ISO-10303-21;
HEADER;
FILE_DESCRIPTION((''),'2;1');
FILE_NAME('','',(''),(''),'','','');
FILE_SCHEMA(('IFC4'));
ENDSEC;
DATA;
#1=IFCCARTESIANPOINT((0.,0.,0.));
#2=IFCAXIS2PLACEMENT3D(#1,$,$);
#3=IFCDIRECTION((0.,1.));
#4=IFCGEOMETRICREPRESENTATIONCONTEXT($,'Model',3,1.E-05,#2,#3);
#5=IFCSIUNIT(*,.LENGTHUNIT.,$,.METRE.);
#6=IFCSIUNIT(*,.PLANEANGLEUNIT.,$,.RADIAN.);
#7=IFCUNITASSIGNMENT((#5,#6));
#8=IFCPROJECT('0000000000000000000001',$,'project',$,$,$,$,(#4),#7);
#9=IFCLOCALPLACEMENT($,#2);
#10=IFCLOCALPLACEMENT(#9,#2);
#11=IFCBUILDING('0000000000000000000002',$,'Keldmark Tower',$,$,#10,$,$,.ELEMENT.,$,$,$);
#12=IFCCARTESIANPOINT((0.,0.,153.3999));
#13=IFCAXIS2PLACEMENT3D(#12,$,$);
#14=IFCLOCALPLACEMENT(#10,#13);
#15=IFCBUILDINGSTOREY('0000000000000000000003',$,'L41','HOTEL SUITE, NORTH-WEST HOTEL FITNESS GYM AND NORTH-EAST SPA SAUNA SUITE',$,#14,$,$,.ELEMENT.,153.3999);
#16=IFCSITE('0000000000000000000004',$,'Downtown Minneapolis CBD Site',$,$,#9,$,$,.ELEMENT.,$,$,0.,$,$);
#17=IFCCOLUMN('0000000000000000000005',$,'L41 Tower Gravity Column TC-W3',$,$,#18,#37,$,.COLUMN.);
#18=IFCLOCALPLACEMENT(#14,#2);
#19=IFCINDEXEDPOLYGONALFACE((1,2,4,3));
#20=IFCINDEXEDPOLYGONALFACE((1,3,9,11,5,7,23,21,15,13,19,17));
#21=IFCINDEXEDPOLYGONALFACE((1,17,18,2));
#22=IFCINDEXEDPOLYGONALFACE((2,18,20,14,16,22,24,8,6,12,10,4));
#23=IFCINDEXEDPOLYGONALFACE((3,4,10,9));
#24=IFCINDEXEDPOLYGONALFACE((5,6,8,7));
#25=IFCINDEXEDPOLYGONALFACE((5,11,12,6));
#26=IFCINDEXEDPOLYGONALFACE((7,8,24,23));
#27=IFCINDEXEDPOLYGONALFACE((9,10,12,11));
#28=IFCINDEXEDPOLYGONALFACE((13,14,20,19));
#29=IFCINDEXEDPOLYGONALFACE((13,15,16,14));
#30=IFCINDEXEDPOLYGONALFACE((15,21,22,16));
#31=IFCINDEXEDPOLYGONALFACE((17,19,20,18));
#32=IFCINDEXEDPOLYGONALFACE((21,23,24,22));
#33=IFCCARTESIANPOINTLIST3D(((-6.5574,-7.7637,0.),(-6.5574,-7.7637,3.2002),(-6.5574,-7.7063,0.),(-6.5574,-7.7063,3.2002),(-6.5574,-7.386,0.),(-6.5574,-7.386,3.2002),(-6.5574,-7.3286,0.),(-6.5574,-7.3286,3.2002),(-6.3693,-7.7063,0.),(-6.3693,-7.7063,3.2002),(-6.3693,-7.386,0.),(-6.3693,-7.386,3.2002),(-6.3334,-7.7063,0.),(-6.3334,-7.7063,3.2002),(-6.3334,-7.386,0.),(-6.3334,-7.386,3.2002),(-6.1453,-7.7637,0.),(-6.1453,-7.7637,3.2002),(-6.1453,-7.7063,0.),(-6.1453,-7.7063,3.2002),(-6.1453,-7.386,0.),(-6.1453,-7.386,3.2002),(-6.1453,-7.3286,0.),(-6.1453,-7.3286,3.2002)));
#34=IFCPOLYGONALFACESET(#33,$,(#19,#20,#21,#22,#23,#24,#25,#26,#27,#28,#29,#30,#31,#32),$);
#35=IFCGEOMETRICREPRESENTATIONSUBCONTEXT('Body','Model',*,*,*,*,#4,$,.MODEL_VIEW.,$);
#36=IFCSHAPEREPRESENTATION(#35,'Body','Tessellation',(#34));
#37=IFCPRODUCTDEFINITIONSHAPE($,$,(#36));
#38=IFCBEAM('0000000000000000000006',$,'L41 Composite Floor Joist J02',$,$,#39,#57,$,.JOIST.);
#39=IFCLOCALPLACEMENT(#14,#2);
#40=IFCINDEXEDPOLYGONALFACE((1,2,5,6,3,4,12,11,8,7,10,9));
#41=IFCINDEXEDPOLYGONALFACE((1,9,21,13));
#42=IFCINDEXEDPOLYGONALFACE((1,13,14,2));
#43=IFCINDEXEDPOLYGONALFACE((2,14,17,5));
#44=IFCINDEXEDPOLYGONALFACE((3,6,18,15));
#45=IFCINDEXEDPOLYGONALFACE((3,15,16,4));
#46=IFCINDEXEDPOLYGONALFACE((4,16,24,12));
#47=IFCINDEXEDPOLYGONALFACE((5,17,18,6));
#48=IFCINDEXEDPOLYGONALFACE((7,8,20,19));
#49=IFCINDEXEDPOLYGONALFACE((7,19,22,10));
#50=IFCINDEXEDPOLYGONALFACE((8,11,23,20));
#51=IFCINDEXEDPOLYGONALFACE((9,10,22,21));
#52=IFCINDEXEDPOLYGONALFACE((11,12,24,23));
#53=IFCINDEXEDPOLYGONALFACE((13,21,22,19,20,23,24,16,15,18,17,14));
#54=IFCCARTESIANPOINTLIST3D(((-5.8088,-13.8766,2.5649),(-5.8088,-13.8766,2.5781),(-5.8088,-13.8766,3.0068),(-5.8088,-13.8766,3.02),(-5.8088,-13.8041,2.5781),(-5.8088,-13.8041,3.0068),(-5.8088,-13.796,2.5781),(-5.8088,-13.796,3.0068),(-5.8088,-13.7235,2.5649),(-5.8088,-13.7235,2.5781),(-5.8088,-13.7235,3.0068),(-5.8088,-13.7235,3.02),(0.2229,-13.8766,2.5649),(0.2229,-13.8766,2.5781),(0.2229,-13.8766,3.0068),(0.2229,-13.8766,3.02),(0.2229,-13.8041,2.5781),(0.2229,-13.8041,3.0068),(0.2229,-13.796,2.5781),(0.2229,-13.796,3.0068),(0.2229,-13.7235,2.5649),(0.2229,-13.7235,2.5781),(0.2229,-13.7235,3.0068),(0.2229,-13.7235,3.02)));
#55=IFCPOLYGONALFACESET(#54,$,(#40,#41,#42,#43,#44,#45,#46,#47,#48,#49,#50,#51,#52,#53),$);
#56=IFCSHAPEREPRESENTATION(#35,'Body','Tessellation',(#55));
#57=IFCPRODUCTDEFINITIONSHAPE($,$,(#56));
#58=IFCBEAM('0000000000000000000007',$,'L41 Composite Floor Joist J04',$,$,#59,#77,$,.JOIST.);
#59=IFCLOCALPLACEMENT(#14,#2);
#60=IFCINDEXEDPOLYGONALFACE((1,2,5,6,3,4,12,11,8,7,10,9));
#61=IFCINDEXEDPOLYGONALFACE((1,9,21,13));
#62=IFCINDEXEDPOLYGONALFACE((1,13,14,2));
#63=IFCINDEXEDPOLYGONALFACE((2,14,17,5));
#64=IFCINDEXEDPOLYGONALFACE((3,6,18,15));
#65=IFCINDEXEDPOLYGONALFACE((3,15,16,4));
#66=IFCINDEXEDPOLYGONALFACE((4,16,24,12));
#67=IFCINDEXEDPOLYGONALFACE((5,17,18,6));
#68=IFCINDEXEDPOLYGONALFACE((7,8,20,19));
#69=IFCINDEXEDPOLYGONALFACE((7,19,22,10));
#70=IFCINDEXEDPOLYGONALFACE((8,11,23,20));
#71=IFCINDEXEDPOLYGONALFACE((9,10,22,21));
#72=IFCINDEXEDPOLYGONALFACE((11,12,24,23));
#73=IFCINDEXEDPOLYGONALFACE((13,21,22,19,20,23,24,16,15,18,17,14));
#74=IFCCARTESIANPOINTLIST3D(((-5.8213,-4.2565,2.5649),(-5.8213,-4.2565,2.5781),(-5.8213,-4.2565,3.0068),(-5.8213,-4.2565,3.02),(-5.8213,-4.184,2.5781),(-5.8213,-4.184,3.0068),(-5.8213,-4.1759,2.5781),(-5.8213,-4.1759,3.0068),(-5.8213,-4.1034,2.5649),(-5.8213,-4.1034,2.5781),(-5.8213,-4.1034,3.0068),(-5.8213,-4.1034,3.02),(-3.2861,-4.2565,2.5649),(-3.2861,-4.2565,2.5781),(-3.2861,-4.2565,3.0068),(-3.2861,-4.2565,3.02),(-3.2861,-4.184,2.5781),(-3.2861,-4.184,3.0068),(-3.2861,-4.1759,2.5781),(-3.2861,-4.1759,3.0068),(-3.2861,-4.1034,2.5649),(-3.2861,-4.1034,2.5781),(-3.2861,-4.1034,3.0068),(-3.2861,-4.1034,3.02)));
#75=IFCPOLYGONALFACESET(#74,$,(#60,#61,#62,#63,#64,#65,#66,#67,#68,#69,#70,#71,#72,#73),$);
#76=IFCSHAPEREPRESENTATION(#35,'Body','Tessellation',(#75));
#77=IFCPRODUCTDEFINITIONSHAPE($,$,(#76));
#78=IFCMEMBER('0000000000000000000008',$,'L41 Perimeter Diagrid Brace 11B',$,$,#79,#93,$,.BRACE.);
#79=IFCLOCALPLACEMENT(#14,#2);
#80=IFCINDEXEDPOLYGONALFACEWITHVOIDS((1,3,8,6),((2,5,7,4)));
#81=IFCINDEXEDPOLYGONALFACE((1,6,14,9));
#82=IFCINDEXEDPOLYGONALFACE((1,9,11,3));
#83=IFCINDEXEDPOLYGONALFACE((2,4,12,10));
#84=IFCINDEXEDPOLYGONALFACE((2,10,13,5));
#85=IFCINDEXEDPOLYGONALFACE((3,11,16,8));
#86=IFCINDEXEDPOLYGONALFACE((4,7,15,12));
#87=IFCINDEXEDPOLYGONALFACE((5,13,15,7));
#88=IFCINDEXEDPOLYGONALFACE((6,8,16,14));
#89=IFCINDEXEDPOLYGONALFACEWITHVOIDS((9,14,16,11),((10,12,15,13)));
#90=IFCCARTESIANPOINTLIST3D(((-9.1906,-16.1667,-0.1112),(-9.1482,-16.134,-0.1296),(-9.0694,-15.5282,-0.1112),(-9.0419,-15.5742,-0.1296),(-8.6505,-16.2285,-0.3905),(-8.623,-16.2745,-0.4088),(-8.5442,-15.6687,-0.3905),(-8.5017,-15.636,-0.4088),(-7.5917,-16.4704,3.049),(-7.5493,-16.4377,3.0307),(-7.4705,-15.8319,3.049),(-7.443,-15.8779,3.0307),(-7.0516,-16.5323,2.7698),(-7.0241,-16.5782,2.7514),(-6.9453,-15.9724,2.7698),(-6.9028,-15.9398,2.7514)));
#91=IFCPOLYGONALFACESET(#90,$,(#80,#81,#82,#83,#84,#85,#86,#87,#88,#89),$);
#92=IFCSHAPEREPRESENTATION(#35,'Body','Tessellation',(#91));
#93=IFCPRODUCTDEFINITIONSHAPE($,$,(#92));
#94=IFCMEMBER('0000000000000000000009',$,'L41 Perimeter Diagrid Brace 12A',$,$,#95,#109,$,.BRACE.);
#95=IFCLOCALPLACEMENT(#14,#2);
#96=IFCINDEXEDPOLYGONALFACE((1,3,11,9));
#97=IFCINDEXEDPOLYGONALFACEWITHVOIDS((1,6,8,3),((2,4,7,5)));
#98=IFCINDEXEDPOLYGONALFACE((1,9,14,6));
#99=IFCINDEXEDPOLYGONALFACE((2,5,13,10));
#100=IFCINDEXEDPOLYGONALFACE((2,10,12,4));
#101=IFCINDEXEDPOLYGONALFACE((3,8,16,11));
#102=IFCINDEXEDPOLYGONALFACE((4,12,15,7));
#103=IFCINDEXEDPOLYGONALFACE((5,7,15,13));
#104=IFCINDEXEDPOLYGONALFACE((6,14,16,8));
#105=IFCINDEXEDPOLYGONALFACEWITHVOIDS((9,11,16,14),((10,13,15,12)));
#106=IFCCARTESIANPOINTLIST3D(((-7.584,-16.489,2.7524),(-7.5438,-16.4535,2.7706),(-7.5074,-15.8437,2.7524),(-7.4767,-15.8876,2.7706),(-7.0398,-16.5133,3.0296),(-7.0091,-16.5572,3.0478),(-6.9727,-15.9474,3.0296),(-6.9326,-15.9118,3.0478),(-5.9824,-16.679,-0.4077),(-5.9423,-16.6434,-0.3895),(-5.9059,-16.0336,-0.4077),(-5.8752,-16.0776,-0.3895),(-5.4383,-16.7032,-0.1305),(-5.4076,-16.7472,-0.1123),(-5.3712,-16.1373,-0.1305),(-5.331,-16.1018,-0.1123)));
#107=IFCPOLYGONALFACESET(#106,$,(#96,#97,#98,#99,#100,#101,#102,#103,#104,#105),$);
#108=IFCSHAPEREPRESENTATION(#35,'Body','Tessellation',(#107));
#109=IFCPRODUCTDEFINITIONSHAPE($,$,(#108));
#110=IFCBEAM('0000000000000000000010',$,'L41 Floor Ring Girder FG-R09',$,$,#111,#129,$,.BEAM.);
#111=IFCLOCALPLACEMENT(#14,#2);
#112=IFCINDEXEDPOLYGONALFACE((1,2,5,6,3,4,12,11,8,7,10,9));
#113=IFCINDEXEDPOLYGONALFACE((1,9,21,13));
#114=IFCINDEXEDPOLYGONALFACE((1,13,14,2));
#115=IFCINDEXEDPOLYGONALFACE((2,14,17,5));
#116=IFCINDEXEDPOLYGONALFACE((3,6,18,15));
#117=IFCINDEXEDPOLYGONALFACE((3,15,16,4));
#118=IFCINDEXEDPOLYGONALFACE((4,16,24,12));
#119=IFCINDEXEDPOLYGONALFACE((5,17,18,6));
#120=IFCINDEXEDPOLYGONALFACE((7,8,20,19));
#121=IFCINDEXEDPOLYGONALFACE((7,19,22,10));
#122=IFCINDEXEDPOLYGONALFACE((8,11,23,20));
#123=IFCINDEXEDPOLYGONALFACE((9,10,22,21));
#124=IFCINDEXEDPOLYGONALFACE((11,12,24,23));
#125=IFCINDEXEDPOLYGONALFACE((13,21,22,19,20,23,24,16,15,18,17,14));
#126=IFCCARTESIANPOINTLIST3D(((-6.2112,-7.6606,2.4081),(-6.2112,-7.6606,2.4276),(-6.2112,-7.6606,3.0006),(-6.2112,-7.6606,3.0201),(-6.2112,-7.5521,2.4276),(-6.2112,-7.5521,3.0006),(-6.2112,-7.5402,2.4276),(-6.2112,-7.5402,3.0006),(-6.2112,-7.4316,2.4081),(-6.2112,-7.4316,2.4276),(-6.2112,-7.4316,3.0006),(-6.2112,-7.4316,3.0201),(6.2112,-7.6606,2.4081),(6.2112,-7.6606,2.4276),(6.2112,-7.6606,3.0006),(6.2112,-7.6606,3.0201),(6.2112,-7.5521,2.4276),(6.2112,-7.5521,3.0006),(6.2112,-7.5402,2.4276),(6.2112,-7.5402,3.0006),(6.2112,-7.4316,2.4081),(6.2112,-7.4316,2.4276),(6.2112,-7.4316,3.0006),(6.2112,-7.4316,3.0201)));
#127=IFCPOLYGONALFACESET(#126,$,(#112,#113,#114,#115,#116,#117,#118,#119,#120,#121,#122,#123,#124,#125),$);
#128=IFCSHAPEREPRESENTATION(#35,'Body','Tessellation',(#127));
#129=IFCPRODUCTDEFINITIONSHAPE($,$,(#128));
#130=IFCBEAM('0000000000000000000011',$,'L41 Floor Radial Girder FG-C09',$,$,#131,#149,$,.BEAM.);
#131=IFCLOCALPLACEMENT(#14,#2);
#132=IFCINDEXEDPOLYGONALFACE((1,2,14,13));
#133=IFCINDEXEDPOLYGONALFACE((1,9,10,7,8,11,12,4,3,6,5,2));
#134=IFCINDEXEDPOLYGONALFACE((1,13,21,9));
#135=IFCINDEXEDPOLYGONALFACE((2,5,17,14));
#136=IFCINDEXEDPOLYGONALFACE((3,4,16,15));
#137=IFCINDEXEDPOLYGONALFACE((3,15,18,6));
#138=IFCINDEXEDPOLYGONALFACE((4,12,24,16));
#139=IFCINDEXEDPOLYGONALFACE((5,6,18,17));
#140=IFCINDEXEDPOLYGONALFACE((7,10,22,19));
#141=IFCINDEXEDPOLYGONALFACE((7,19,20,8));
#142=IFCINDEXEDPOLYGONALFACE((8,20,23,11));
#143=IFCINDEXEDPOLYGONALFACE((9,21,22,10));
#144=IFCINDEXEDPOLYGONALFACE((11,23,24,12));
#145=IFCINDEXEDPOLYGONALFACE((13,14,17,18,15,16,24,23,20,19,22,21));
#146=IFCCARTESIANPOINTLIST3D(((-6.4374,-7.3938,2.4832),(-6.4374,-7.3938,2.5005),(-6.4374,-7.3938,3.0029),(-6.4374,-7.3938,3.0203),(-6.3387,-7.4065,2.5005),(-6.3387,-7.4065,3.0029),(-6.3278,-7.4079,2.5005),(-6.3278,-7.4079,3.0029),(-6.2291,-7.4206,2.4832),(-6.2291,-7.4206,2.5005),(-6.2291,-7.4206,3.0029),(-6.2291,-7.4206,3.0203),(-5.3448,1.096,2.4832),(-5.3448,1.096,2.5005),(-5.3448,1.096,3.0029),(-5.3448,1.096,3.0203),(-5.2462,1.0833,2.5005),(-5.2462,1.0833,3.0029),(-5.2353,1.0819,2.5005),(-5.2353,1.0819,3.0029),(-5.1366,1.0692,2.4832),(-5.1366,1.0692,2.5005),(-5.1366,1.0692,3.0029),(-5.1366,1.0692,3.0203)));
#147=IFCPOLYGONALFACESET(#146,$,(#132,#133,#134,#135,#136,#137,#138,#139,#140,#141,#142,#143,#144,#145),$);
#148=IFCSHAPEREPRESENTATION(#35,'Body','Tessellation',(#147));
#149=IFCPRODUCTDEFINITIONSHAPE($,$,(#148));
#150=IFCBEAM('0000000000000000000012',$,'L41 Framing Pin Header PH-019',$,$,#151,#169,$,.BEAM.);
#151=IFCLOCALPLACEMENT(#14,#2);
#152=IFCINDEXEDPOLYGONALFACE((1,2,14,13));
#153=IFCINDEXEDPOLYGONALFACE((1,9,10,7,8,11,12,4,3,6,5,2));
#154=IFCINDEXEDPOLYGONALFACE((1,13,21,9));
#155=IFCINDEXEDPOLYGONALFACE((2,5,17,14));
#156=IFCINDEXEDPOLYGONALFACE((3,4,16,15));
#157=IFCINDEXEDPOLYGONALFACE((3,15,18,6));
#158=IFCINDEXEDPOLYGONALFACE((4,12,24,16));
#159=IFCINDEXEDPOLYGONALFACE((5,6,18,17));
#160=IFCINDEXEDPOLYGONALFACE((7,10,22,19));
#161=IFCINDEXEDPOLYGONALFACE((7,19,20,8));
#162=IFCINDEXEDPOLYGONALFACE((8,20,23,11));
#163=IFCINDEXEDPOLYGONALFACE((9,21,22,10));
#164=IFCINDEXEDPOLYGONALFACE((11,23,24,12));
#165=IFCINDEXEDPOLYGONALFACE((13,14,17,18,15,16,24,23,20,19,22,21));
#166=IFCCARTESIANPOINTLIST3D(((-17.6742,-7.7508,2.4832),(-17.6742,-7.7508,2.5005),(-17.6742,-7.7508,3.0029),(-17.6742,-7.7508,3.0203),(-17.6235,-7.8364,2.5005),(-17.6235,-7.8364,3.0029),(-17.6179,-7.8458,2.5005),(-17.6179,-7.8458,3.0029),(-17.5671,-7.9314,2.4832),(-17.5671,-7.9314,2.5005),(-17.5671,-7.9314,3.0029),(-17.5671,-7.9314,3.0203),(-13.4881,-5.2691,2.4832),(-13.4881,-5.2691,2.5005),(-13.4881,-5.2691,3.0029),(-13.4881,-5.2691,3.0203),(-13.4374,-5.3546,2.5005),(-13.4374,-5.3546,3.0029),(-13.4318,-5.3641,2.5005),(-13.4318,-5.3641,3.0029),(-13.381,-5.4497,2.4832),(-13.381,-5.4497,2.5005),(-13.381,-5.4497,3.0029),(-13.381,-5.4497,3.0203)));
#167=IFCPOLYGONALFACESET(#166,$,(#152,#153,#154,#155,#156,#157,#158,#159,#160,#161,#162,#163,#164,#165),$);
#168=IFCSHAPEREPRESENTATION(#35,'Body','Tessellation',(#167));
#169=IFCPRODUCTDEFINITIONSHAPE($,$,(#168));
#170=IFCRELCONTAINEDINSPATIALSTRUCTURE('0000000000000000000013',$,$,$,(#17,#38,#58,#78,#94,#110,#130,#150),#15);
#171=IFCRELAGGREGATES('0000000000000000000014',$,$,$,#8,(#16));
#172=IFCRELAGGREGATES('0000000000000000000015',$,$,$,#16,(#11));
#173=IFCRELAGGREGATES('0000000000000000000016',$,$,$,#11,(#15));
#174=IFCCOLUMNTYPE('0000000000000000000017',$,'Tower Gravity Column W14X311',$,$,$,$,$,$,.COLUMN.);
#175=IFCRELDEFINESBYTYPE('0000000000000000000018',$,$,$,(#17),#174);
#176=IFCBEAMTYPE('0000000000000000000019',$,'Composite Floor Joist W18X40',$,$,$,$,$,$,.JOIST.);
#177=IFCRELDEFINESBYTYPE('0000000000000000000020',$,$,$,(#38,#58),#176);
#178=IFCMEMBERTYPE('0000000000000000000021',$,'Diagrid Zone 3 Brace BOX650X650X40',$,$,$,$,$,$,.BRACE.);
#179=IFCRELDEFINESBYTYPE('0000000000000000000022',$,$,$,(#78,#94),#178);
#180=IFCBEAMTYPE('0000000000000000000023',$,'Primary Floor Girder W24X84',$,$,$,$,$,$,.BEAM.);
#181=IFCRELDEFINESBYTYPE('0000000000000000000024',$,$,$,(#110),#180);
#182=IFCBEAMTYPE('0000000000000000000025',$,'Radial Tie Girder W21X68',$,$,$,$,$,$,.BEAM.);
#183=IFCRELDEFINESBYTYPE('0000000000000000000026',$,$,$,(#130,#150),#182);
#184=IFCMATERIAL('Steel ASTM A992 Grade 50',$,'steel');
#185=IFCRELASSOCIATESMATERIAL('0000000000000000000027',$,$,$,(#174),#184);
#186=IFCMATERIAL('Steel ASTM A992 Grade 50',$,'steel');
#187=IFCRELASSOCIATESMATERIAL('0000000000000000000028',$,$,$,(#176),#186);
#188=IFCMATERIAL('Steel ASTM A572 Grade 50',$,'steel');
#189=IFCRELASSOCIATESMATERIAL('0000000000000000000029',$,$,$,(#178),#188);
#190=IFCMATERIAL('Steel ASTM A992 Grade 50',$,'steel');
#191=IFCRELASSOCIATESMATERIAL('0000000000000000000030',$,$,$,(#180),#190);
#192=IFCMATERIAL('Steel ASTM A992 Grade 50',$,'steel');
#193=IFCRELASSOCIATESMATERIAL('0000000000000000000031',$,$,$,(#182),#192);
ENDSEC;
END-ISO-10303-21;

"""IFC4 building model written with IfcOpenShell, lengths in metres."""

from ifc_helpers import new_model, si_unit, direction, frame, origin, origin_2d, place, context, subcontext, project, spatial, hollow_rectangle, i_section, extrude, material, material_profile, profile_set, type_object, element, save


model = new_model("IFC4")

# Units and contexts
model_context = context("Model", 3, precision=1e-05, world=origin(), true_north=direction((0.0, 1.0)))
body_context = subcontext(model_context, "Body", "Model", "MODEL_VIEW")
ifc_project = project(units=[si_unit("LENGTHUNIT", "METRE"), si_unit("PLANEANGLEUNIT", "RADIAN")], contexts=[model_context])

# Site, building, storey
site_placement = place(None, origin())
site = spatial("IfcSite", under=ifc_project, at=site_placement, Name="Downtown Minneapolis CBD Site", CompositionType="ELEMENT", RefElevation=0.0)
building_placement = place(site_placement, origin())
building = spatial("IfcBuilding", under=site, at=building_placement, Name="Keldmark Tower", CompositionType="ELEMENT")
storey_placement = place(building_placement, frame((0.0, 0.0, 153.3999)))
storey = spatial("IfcBuildingStorey", under=building, at=storey_placement, Name="L41", Description="HOTEL SUITE, NORTH-WEST HOTEL FITNESS GYM AND NORTH-EAST SPA SAUNA SUITE", CompositionType="ELEMENT", Elevation=153.3999)

# Column
ifc_material_1 = material(Name="Steel ASTM A992 Grade 50", Category="steel")
ifc_material_profile_1 = material_profile(ifc_material_1, i_section(OverallWidth=0.4121, OverallDepth=0.4351, WebThickness=0.0359, FlangeThickness=0.0574, at=origin_2d()), Name="W14X311")
ifc_profile_set_1 = profile_set([ifc_material_profile_1], Name="Steel ASTM A992 Grade 50")
column_type = type_object("IfcColumnType", Name="Tower Gravity Column W14X311", PredefinedType="COLUMN", material=ifc_profile_set_1)
column_placement = place(storey_placement, frame((-6.3513, -7.5461, 0.0), z_axis=(0.0, 0.0, 1.0), x_axis=(1.0, 0.0, 0.0)))
element("IfcColumn", 1, at=column_placement, inside=storey, type_object=column_type, Name="L41 Tower Gravity Column TC-W3", PredefinedType="COLUMN", context=body_context, shape_type="SweptSolid", body=[
    extrude(i_section(OverallWidth=0.4121, OverallDepth=0.4351, WebThickness=0.0359, FlangeThickness=0.0574, at=origin_2d()), origin(), (0.0, 0.0, 1.0), 3.2002),
])

# Beams
ifc_material_2 = material(Name="Steel ASTM A992 Grade 50", Category="steel")
ifc_material_profile_2 = material_profile(ifc_material_2, i_section(OverallWidth=0.1531, OverallDepth=0.4551, WebThickness=0.0081, FlangeThickness=0.0132, at=origin_2d()), Name="W18X40")
ifc_profile_set_2 = profile_set([ifc_material_profile_2], Name="Steel ASTM A992 Grade 50")
beam_type_1 = type_object("IfcBeamType", Name="Composite Floor Joist W18X40", PredefinedType="JOIST", material=ifc_profile_set_2)
beam_1_placement = place(storey_placement, frame((-5.8088, -13.8, 2.7925), z_axis=(1.0, 0.0, 0.0), x_axis=(0.0, 1.0, 0.0)))
element("IfcBeam", 2, at=beam_1_placement, inside=storey, type_object=beam_type_1, Name="L41 Composite Floor Joist J02", PredefinedType="JOIST", context=body_context, shape_type="SweptSolid", body=[
    extrude(i_section(OverallWidth=0.1531, OverallDepth=0.4551, WebThickness=0.0081, FlangeThickness=0.0132, at=origin_2d()), origin(), (0.0, 0.0, 1.0), 6.0317),
])
beam_2_placement = place(storey_placement, frame((-5.8213, -4.1799, 2.7925), z_axis=(1.0, 0.0, 0.0), x_axis=(0.0, 1.0, 0.0)))
element("IfcBeam", 3, at=beam_2_placement, inside=storey, type_object=beam_type_1, Name="L41 Composite Floor Joist J04", PredefinedType="JOIST", context=body_context, shape_type="SweptSolid", body=[
    extrude(i_section(OverallWidth=0.1531, OverallDepth=0.4551, WebThickness=0.0081, FlangeThickness=0.0132, at=origin_2d()), origin(), (0.0, 0.0, 1.0), 2.5352),
])

# Members
ifc_material_3 = material(Name="Steel ASTM A572 Grade 50", Category="steel")
ifc_material_profile_3 = material_profile(ifc_material_3, hollow_rectangle(XDim=0.6499, YDim=0.6499, WallThickness=0.04, at=origin_2d()), Name="BOX650X650X40")
ifc_profile_set_3 = profile_set([ifc_material_profile_3], Name="Steel ASTM A572 Grade 50")
member_type = type_object("IfcMemberType", Name="Diagrid Zone 3 Brace BOX650X650X40", PredefinedType="BRACE", material=ifc_profile_set_3)
member_1_placement = place(storey_placement, frame((-8.8462, -15.9014, -0.26), z_axis=(0.449804, -0.085441, 0.889031), x_axis=(0.186616, 0.982433, 0.0)))
element("IfcMember", 4, at=member_1_placement, inside=storey, type_object=member_type, Name="L41 Perimeter Diagrid Brace 11B", PredefinedType="BRACE", context=body_context, shape_type="SweptSolid", body=[
    extrude(hollow_rectangle(XDim=0.6499, YDim=0.6499, WallThickness=0.04, at=origin_2d()), origin(), (0.0, 0.0, 1.0), 3.5547),
])
member_2_placement = place(storey_placement, frame((-5.6567, -16.3904, -0.26), z_axis=(-0.45141, 0.053536, 0.890709), x_axis=(-0.117772, -0.993041, 0.0)))
element("IfcMember", 5, at=member_2_placement, inside=storey, type_object=member_type, Name="L41 Perimeter Diagrid Brace 12A", PredefinedType="BRACE", context=body_context, shape_type="SweptSolid", body=[
    extrude(hollow_rectangle(XDim=0.6499, YDim=0.6499, WallThickness=0.04, at=origin_2d()), origin(), (0.0, 0.0, 1.0), 3.5479),
])

# Beams
ifc_material_4 = material(Name="Steel ASTM A992 Grade 50", Category="steel")
ifc_material_profile_4 = material_profile(ifc_material_4, i_section(OverallWidth=0.229, OverallDepth=0.6121, WebThickness=0.012, FlangeThickness=0.0195, at=origin_2d()), Name="W24X84")
ifc_profile_set_4 = profile_set([ifc_material_profile_4], Name="Steel ASTM A992 Grade 50")
beam_type_2 = type_object("IfcBeamType", Name="Primary Floor Girder W24X84", PredefinedType="BEAM", material=ifc_profile_set_4)
beam_3_placement = place(storey_placement, frame((-6.2112, -7.5461, 2.7141), z_axis=(1.0, 0.0, 0.0), x_axis=(0.0, 1.0, 0.0)))
element("IfcBeam", 6, at=beam_3_placement, inside=storey, type_object=beam_type_2, Name="L41 Floor Ring Girder FG-R09", PredefinedType="BEAM", context=body_context, shape_type="SweptSolid", body=[
    extrude(i_section(OverallWidth=0.229, OverallDepth=0.6121, WebThickness=0.012, FlangeThickness=0.0195, at=origin_2d()), origin(), (0.0, 0.0, 1.0), 12.4224),
])
ifc_material_5 = material(Name="Steel ASTM A992 Grade 50", Category="steel")
ifc_material_profile_5 = material_profile(ifc_material_5, i_section(OverallWidth=0.21, OverallDepth=0.5371, WebThickness=0.011, FlangeThickness=0.0173, at=origin_2d()), Name="W21X68")
ifc_profile_set_5 = profile_set([ifc_material_profile_5], Name="Steel ASTM A992 Grade 50")
beam_type_3 = type_object("IfcBeamType", Name="Radial Tie Girder W21X68", PredefinedType="BEAM", material=ifc_profile_set_5)
beam_4_placement = place(storey_placement, frame((-6.3333, -7.4072, 2.7517), z_axis=(0.127636, 0.991821, 0.0), x_axis=(-0.991821, 0.127636, 0.0)))
element("IfcBeam", 7, at=beam_4_placement, inside=storey, type_object=beam_type_3, Name="L41 Floor Radial Girder FG-C09", PredefinedType="BEAM", context=body_context, shape_type="SweptSolid", body=[
    extrude(i_section(OverallWidth=0.21, OverallDepth=0.5371, WebThickness=0.011, FlangeThickness=0.0173, at=origin_2d()), origin(), (0.0, 0.0, 1.0), 8.5598),
])
beam_5_placement = place(storey_placement, frame((-13.4346, -5.3594, 2.7517), z_axis=(-0.860195, -0.509966, 0.0), x_axis=(0.509966, -0.860195, 0.0)))
element("IfcBeam", 8, at=beam_5_placement, inside=storey, type_object=beam_type_3, Name="L41 Framing Pin Header PH-019", PredefinedType="BEAM", context=body_context, shape_type="SweptSolid", body=[
    extrude(i_section(OverallWidth=0.21, OverallDepth=0.5371, WebThickness=0.011, FlangeThickness=0.0173, at=origin_2d()), origin(), (0.0, 0.0, 1.0), 4.8665),
])

save(model, "model.ifc")
